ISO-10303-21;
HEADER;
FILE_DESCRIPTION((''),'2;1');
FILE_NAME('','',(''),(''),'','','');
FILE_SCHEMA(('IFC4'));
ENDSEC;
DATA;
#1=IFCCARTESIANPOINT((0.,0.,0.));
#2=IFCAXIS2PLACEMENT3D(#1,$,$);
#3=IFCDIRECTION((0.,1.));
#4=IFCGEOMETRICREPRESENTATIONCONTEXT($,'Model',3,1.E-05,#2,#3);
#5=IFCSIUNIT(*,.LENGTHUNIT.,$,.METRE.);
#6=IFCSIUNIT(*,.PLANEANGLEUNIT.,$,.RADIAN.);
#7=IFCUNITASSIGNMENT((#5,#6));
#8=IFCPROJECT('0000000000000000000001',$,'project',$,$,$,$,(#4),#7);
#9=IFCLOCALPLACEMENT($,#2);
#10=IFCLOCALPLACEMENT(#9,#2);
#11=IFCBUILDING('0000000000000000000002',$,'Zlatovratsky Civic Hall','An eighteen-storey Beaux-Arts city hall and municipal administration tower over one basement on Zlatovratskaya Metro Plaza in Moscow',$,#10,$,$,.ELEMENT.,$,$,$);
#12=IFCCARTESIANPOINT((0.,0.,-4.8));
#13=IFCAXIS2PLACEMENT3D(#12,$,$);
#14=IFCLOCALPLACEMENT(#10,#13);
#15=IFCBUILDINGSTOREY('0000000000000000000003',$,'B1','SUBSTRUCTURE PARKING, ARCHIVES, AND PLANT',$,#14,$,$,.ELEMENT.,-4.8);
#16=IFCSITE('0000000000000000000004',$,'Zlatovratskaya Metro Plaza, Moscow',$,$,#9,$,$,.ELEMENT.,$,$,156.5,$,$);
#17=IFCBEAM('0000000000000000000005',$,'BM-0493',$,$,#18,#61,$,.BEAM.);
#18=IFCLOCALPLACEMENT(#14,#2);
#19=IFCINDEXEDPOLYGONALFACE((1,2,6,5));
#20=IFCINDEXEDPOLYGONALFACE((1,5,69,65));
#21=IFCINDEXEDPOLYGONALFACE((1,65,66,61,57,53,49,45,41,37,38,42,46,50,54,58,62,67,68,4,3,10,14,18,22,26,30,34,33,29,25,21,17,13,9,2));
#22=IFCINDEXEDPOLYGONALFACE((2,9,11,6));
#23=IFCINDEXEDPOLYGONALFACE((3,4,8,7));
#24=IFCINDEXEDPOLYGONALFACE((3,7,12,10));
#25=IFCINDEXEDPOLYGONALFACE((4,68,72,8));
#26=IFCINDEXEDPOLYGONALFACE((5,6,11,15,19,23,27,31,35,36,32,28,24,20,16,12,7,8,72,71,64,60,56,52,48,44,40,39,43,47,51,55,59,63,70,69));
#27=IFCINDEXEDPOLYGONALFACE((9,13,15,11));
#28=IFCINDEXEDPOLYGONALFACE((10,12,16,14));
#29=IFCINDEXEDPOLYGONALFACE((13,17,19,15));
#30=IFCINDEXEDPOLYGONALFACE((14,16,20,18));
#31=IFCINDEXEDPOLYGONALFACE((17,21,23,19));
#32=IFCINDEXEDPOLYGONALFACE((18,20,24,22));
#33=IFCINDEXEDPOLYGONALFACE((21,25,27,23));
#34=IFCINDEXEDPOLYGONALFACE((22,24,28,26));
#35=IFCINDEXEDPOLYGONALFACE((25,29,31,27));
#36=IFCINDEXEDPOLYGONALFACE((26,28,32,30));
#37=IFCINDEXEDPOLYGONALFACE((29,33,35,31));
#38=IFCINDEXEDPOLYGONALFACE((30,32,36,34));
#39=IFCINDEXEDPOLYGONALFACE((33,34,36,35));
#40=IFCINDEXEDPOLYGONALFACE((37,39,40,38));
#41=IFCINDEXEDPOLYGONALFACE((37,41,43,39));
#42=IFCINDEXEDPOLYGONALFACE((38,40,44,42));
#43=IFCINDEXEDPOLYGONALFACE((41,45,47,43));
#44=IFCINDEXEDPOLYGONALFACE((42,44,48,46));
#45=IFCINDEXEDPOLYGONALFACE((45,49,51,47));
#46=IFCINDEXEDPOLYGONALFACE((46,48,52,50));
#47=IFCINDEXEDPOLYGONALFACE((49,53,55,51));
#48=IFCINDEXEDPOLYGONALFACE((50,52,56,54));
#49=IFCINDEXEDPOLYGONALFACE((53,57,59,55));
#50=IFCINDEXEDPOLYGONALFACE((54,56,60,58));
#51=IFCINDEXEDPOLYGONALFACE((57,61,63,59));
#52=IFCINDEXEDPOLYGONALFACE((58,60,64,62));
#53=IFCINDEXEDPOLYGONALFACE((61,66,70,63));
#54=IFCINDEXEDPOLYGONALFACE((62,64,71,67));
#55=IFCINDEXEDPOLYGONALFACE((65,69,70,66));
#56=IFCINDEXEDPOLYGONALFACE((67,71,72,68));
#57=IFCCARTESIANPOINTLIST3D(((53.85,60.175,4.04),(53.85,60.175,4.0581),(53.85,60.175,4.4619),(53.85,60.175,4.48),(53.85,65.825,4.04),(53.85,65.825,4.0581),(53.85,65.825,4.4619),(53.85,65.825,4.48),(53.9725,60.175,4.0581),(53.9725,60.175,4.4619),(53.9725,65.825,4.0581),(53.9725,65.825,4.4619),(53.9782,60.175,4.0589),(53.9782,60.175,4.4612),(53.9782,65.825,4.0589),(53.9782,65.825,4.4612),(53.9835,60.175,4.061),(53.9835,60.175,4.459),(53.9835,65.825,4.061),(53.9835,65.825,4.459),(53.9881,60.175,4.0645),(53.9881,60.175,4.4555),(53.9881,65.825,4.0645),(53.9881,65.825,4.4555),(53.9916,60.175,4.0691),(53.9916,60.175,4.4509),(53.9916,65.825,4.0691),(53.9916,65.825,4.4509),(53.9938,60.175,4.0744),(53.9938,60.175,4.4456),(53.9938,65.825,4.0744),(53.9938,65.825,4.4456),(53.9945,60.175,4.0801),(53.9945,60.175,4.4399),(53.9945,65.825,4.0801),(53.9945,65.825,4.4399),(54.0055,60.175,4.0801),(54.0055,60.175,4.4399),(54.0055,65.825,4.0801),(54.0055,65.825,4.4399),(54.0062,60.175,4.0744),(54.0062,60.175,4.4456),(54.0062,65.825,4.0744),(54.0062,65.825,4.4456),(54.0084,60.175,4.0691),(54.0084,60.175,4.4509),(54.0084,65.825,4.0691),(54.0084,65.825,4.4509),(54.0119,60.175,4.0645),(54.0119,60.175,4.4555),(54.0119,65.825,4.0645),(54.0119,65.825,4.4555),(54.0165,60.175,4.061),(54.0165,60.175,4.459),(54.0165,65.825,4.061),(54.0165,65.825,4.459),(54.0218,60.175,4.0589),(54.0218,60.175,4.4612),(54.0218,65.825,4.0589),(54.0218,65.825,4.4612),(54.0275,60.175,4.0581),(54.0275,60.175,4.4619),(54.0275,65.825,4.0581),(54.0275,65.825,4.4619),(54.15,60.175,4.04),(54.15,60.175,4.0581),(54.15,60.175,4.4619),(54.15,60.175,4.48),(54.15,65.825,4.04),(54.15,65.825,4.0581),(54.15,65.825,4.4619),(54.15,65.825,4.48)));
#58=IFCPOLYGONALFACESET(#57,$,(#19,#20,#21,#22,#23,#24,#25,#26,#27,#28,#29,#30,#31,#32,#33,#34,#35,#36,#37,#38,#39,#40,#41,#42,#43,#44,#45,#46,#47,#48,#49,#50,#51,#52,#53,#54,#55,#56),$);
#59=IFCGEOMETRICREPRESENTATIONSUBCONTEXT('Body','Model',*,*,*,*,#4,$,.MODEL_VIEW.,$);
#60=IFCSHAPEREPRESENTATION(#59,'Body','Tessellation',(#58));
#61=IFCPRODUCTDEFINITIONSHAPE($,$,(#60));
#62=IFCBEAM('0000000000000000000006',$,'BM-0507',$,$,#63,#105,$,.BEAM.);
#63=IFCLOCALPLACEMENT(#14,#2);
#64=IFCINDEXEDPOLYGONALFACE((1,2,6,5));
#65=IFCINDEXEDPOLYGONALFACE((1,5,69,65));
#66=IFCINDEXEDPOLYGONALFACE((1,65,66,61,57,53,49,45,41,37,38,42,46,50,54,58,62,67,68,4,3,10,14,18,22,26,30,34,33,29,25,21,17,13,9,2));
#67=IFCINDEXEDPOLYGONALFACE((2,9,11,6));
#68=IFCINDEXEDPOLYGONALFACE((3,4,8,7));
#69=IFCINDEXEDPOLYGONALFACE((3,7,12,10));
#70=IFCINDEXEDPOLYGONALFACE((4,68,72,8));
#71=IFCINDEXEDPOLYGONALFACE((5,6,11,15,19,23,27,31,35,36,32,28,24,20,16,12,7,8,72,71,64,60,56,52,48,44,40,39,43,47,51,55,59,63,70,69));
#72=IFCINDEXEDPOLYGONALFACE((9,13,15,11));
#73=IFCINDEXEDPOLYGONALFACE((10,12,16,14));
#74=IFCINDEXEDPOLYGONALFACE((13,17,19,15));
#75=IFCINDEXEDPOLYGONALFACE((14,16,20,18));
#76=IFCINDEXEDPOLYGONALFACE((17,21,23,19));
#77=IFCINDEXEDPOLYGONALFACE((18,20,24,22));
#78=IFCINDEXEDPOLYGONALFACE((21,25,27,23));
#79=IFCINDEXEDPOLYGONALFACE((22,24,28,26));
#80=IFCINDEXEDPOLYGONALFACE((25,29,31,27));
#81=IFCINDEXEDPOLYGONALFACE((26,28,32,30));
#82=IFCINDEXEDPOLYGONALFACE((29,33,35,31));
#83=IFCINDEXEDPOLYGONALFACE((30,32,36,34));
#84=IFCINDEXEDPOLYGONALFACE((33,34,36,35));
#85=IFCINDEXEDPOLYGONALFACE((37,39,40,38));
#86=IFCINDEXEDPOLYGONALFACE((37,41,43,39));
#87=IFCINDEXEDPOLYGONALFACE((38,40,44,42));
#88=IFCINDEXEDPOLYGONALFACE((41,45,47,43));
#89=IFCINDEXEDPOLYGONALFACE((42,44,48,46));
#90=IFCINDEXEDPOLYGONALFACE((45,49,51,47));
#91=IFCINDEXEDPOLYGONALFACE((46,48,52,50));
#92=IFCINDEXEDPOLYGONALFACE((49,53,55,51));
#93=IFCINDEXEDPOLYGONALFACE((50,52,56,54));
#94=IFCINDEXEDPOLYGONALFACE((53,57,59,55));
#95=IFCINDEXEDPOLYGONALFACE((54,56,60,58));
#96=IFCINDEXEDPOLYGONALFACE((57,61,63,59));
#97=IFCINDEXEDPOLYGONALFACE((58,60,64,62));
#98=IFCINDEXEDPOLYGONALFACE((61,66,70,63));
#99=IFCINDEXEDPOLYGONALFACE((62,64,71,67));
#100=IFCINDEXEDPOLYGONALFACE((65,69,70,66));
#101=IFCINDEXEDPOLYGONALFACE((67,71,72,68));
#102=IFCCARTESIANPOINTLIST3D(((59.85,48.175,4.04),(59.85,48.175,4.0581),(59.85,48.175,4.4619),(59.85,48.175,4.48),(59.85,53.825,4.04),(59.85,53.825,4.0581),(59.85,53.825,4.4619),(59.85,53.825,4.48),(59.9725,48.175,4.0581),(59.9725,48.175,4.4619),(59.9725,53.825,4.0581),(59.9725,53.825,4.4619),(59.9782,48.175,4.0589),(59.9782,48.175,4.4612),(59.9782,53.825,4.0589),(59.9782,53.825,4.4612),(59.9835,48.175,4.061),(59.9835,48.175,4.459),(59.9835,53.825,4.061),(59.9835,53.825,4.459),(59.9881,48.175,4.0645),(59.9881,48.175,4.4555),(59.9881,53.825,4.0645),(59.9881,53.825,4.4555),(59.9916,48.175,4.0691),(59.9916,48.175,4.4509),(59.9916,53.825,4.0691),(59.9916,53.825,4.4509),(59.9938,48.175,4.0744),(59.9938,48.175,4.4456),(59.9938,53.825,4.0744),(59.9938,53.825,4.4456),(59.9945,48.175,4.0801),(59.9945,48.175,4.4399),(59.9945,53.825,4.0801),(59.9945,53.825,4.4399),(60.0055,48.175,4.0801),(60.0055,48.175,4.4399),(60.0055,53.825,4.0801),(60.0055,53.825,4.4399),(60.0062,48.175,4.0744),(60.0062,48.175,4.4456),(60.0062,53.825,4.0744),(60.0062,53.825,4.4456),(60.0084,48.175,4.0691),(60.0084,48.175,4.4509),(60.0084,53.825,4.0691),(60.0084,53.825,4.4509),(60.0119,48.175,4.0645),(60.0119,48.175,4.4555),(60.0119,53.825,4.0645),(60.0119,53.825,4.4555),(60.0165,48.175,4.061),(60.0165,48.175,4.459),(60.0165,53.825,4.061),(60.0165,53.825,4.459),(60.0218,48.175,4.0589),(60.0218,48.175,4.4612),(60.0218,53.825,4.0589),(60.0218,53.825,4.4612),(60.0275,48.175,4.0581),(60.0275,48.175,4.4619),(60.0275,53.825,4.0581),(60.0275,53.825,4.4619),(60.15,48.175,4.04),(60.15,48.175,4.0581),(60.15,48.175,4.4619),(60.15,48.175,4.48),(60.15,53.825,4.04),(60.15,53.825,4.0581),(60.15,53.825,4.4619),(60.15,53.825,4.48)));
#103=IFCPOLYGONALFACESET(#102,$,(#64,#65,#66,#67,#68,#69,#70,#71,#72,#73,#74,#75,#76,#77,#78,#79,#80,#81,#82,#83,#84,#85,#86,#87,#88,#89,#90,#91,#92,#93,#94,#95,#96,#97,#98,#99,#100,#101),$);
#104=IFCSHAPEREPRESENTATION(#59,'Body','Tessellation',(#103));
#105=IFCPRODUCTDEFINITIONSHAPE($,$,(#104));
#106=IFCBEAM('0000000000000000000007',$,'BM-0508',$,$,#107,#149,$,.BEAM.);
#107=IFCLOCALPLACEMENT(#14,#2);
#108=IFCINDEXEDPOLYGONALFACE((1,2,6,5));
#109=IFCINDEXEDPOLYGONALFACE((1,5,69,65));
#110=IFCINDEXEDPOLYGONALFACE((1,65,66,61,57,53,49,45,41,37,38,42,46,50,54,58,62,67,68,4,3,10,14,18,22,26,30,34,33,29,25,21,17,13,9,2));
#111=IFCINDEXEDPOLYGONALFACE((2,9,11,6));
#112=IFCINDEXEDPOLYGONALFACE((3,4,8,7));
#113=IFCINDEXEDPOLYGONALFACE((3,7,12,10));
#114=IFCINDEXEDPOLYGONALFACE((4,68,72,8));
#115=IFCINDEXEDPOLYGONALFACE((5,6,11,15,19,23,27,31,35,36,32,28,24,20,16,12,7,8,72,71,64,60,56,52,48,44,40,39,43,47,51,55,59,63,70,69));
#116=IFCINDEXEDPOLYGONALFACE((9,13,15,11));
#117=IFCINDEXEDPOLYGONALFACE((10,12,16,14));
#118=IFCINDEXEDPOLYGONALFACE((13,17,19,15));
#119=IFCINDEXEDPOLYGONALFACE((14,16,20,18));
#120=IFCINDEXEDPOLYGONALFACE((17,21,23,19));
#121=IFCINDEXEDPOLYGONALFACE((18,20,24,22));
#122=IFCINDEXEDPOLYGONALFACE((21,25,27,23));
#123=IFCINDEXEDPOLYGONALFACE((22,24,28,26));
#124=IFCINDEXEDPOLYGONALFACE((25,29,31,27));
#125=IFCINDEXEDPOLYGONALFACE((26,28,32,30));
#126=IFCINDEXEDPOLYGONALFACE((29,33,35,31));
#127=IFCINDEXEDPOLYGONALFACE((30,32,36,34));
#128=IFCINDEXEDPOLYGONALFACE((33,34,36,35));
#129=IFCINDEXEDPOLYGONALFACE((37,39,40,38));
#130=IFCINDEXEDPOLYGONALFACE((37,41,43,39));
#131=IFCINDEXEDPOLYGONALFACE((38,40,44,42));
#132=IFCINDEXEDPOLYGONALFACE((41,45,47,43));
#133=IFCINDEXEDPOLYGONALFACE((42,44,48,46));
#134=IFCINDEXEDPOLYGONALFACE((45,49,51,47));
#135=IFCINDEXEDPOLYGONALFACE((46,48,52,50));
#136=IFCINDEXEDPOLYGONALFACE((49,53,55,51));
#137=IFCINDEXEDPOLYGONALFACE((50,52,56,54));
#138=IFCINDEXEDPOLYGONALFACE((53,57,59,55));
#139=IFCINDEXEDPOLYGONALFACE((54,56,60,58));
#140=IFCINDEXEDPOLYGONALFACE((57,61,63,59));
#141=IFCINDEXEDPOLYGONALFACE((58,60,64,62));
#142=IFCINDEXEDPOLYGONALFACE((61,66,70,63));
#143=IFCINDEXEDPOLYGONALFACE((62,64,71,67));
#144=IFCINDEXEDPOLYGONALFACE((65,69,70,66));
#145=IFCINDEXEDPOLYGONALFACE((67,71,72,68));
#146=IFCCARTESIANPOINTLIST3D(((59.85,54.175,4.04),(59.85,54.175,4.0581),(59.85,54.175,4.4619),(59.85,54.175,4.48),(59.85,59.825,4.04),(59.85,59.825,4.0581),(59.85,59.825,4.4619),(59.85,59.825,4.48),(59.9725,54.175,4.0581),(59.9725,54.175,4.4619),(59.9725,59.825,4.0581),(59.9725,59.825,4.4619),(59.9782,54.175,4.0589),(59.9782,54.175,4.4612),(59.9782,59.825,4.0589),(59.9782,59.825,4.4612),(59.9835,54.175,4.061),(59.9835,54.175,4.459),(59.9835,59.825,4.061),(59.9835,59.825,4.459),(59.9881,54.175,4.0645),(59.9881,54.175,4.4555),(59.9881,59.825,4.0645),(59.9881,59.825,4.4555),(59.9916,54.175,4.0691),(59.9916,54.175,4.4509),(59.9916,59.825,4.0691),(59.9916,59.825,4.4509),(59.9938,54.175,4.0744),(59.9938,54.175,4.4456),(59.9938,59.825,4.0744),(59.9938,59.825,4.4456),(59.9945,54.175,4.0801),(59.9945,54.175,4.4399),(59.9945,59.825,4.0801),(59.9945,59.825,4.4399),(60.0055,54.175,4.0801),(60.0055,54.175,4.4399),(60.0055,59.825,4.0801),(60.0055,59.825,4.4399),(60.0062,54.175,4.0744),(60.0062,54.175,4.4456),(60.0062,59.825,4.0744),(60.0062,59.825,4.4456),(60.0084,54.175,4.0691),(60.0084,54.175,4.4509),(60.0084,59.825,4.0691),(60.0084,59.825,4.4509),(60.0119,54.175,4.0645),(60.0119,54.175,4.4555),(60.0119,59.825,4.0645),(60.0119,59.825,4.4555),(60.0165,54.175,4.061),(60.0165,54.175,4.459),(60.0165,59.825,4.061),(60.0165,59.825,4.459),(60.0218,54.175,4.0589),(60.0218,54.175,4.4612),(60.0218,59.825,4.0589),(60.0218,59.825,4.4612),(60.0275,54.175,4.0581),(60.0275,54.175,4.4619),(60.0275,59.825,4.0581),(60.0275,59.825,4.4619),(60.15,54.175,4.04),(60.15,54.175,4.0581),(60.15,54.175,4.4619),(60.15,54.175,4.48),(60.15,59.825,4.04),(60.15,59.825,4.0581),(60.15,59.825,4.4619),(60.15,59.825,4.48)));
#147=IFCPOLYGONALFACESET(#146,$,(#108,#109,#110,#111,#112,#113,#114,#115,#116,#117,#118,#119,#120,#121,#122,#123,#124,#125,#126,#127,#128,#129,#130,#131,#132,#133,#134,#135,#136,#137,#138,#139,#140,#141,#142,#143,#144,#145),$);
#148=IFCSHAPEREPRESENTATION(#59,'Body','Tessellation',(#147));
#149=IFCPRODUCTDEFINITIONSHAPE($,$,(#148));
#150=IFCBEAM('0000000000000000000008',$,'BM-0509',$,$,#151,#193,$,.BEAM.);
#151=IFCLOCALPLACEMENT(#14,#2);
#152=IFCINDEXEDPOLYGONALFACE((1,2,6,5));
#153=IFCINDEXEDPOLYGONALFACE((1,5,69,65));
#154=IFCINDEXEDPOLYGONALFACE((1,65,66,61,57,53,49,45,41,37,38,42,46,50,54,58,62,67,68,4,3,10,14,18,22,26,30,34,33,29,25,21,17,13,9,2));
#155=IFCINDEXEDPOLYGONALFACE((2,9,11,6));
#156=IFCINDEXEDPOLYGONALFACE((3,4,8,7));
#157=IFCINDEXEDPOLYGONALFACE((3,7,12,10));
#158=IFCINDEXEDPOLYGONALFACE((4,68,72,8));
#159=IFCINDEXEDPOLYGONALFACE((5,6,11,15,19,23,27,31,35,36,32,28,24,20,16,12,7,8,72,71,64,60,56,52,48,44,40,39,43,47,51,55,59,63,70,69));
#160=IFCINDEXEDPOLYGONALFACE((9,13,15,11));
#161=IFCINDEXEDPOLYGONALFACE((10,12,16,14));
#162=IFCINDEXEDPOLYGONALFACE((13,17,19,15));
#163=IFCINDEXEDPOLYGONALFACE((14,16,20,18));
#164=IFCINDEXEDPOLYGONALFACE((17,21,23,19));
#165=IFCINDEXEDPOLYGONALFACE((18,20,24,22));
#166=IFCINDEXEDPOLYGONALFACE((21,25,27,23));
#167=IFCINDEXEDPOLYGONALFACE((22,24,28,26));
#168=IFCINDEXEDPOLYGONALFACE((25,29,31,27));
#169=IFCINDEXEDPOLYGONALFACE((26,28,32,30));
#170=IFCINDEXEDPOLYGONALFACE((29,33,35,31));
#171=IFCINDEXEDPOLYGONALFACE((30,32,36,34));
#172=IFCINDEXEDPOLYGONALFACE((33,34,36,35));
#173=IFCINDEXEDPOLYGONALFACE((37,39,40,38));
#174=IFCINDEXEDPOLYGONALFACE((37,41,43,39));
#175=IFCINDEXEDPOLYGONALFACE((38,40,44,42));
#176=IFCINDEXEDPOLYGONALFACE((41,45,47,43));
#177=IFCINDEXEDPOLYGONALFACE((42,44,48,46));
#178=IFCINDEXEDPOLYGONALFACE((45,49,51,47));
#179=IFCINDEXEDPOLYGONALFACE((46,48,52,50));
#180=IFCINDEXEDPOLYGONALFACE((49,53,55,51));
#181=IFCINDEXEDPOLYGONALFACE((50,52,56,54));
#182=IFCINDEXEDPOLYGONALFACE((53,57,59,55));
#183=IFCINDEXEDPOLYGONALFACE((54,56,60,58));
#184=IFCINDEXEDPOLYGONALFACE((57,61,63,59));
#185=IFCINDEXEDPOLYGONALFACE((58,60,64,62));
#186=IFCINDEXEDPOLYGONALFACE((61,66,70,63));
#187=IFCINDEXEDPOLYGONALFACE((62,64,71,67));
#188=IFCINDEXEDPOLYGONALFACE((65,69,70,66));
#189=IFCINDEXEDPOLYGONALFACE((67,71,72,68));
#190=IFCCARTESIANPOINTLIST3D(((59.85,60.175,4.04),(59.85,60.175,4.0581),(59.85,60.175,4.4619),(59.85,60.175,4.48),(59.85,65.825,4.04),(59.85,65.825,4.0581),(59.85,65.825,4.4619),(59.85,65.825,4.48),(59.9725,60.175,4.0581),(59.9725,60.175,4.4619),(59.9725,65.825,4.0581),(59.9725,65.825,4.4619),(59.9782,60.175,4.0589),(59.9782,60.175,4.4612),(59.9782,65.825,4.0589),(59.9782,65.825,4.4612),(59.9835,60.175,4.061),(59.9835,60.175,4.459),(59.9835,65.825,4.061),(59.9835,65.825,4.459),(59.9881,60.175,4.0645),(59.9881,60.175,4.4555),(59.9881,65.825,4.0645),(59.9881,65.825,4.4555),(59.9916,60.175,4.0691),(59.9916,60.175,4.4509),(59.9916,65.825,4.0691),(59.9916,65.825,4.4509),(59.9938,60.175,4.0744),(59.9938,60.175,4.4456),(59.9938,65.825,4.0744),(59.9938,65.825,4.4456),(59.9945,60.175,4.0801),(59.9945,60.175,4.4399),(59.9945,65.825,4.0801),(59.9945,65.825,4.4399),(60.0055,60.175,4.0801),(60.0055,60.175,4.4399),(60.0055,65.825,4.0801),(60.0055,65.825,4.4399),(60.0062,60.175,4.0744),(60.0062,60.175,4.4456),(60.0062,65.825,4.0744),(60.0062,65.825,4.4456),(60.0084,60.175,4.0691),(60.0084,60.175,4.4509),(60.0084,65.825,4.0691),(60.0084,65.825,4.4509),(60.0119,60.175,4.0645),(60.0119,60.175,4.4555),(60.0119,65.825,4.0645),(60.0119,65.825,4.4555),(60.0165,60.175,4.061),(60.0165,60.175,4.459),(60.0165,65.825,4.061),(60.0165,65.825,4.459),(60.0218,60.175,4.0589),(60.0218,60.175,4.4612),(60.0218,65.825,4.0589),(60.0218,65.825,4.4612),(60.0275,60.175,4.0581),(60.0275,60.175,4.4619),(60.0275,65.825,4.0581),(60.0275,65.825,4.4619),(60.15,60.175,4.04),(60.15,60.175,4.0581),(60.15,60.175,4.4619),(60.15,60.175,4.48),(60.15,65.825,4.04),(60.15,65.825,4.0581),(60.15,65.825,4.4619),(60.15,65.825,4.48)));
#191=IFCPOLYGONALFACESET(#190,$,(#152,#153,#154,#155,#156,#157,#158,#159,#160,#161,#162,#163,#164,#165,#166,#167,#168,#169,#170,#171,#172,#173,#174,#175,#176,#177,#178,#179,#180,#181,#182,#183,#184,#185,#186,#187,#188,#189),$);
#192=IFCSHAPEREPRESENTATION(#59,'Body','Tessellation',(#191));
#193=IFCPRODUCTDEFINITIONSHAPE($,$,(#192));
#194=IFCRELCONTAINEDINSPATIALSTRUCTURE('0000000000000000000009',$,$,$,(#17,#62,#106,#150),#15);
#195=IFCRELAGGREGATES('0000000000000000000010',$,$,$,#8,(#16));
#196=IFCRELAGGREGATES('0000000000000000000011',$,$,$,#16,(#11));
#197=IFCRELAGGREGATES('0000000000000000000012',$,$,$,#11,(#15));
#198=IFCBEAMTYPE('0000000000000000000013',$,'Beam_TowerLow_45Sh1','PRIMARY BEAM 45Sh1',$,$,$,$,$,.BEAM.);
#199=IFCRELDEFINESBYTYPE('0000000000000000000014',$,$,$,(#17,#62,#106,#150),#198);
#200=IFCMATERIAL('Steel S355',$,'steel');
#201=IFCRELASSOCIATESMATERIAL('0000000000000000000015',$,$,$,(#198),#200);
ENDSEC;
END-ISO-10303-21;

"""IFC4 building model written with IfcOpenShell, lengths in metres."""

from ifc_helpers import new_model, si_unit, direction, frame, origin, origin_2d, place, context, subcontext, project, spatial, i_section, extrude, material, material_profile, profile_set, type_object, element, save


model = new_model("IFC4")

# Units and contexts
model_context = context("Model", 3, precision=1e-05, world=origin(), true_north=direction((0.0, 1.0)))
body_context = subcontext(model_context, "Body", "Model", "MODEL_VIEW")
ifc_project = project(units=[si_unit("LENGTHUNIT", "METRE"), si_unit("PLANEANGLEUNIT", "RADIAN")], contexts=[model_context])

# Site, building, storey
site_placement = place(None, origin())
site = spatial("IfcSite", under=ifc_project, at=site_placement, Name="Zlatovratskaya Metro Plaza, Moscow", CompositionType="ELEMENT", RefElevation=156.5)
building_placement = place(site_placement, origin())
building = spatial("IfcBuilding", under=site, at=building_placement, Name="Zlatovratsky Civic Hall", Description="An eighteen-storey Beaux-Arts city hall and municipal administration tower over one basement on Zlatovratskaya Metro Plaza in Moscow", CompositionType="ELEMENT")
storey_placement = place(building_placement, frame((0.0, 0.0, -4.8)))
storey = spatial("IfcBuildingStorey", under=building, at=storey_placement, Name="B1", Description="SUBSTRUCTURE PARKING, ARCHIVES, AND PLANT", CompositionType="ELEMENT", Elevation=-4.8)

# Shared definitions
ifc_material_1 = material(Name="Steel S355", Category="steel")

# Beams
ifc_material_profile_1 = material_profile(ifc_material_1, i_section(OverallWidth=0.3, OverallDepth=0.4399, WebThickness=0.011, FlangeThickness=0.0181, FilletRadius=0.022, at=origin_2d()), Name="45Sh1")
ifc_profile_set_1 = profile_set([ifc_material_profile_1], Name="Steel S355")
beam_type = type_object("IfcBeamType", Name="Beam_TowerLow_45Sh1", Description="PRIMARY BEAM 45Sh1", PredefinedType="BEAM", material=ifc_profile_set_1)
for number, where, z_axis, x_axis, name in (
    (1, (54.0, 60.175, 4.26), (0.0, 1.0, 0.0), (-1.0, 0.0, 0.0), "BM-0493"),
    (2, (60.0, 48.175, 4.26), (0.0, 1.0, 0.0), (-1.0, 0.0, 0.0), "BM-0507"),
    (3, (60.0, 54.175, 4.26), (0.0, 1.0, 0.0), (-1.0, 0.0, 0.0), "BM-0508"),
    (4, (60.0, 60.175, 4.26), (0.0, 1.0, 0.0), (-1.0, 0.0, 0.0), "BM-0509"),
):
    element("IfcBeam", number, at=place(storey_placement, frame(where, z_axis=z_axis, x_axis=x_axis)), inside=storey, type_object=beam_type, Name=name, PredefinedType="BEAM", context=body_context, shape_type="SweptSolid", body=[
        extrude(i_section(OverallWidth=0.3, OverallDepth=0.4399, WebThickness=0.011, FlangeThickness=0.0181, FilletRadius=0.022, at=origin_2d()), origin(), (0.0, 0.0, 1.0), 5.6499),
    ])

save(model, "model.ifc")
